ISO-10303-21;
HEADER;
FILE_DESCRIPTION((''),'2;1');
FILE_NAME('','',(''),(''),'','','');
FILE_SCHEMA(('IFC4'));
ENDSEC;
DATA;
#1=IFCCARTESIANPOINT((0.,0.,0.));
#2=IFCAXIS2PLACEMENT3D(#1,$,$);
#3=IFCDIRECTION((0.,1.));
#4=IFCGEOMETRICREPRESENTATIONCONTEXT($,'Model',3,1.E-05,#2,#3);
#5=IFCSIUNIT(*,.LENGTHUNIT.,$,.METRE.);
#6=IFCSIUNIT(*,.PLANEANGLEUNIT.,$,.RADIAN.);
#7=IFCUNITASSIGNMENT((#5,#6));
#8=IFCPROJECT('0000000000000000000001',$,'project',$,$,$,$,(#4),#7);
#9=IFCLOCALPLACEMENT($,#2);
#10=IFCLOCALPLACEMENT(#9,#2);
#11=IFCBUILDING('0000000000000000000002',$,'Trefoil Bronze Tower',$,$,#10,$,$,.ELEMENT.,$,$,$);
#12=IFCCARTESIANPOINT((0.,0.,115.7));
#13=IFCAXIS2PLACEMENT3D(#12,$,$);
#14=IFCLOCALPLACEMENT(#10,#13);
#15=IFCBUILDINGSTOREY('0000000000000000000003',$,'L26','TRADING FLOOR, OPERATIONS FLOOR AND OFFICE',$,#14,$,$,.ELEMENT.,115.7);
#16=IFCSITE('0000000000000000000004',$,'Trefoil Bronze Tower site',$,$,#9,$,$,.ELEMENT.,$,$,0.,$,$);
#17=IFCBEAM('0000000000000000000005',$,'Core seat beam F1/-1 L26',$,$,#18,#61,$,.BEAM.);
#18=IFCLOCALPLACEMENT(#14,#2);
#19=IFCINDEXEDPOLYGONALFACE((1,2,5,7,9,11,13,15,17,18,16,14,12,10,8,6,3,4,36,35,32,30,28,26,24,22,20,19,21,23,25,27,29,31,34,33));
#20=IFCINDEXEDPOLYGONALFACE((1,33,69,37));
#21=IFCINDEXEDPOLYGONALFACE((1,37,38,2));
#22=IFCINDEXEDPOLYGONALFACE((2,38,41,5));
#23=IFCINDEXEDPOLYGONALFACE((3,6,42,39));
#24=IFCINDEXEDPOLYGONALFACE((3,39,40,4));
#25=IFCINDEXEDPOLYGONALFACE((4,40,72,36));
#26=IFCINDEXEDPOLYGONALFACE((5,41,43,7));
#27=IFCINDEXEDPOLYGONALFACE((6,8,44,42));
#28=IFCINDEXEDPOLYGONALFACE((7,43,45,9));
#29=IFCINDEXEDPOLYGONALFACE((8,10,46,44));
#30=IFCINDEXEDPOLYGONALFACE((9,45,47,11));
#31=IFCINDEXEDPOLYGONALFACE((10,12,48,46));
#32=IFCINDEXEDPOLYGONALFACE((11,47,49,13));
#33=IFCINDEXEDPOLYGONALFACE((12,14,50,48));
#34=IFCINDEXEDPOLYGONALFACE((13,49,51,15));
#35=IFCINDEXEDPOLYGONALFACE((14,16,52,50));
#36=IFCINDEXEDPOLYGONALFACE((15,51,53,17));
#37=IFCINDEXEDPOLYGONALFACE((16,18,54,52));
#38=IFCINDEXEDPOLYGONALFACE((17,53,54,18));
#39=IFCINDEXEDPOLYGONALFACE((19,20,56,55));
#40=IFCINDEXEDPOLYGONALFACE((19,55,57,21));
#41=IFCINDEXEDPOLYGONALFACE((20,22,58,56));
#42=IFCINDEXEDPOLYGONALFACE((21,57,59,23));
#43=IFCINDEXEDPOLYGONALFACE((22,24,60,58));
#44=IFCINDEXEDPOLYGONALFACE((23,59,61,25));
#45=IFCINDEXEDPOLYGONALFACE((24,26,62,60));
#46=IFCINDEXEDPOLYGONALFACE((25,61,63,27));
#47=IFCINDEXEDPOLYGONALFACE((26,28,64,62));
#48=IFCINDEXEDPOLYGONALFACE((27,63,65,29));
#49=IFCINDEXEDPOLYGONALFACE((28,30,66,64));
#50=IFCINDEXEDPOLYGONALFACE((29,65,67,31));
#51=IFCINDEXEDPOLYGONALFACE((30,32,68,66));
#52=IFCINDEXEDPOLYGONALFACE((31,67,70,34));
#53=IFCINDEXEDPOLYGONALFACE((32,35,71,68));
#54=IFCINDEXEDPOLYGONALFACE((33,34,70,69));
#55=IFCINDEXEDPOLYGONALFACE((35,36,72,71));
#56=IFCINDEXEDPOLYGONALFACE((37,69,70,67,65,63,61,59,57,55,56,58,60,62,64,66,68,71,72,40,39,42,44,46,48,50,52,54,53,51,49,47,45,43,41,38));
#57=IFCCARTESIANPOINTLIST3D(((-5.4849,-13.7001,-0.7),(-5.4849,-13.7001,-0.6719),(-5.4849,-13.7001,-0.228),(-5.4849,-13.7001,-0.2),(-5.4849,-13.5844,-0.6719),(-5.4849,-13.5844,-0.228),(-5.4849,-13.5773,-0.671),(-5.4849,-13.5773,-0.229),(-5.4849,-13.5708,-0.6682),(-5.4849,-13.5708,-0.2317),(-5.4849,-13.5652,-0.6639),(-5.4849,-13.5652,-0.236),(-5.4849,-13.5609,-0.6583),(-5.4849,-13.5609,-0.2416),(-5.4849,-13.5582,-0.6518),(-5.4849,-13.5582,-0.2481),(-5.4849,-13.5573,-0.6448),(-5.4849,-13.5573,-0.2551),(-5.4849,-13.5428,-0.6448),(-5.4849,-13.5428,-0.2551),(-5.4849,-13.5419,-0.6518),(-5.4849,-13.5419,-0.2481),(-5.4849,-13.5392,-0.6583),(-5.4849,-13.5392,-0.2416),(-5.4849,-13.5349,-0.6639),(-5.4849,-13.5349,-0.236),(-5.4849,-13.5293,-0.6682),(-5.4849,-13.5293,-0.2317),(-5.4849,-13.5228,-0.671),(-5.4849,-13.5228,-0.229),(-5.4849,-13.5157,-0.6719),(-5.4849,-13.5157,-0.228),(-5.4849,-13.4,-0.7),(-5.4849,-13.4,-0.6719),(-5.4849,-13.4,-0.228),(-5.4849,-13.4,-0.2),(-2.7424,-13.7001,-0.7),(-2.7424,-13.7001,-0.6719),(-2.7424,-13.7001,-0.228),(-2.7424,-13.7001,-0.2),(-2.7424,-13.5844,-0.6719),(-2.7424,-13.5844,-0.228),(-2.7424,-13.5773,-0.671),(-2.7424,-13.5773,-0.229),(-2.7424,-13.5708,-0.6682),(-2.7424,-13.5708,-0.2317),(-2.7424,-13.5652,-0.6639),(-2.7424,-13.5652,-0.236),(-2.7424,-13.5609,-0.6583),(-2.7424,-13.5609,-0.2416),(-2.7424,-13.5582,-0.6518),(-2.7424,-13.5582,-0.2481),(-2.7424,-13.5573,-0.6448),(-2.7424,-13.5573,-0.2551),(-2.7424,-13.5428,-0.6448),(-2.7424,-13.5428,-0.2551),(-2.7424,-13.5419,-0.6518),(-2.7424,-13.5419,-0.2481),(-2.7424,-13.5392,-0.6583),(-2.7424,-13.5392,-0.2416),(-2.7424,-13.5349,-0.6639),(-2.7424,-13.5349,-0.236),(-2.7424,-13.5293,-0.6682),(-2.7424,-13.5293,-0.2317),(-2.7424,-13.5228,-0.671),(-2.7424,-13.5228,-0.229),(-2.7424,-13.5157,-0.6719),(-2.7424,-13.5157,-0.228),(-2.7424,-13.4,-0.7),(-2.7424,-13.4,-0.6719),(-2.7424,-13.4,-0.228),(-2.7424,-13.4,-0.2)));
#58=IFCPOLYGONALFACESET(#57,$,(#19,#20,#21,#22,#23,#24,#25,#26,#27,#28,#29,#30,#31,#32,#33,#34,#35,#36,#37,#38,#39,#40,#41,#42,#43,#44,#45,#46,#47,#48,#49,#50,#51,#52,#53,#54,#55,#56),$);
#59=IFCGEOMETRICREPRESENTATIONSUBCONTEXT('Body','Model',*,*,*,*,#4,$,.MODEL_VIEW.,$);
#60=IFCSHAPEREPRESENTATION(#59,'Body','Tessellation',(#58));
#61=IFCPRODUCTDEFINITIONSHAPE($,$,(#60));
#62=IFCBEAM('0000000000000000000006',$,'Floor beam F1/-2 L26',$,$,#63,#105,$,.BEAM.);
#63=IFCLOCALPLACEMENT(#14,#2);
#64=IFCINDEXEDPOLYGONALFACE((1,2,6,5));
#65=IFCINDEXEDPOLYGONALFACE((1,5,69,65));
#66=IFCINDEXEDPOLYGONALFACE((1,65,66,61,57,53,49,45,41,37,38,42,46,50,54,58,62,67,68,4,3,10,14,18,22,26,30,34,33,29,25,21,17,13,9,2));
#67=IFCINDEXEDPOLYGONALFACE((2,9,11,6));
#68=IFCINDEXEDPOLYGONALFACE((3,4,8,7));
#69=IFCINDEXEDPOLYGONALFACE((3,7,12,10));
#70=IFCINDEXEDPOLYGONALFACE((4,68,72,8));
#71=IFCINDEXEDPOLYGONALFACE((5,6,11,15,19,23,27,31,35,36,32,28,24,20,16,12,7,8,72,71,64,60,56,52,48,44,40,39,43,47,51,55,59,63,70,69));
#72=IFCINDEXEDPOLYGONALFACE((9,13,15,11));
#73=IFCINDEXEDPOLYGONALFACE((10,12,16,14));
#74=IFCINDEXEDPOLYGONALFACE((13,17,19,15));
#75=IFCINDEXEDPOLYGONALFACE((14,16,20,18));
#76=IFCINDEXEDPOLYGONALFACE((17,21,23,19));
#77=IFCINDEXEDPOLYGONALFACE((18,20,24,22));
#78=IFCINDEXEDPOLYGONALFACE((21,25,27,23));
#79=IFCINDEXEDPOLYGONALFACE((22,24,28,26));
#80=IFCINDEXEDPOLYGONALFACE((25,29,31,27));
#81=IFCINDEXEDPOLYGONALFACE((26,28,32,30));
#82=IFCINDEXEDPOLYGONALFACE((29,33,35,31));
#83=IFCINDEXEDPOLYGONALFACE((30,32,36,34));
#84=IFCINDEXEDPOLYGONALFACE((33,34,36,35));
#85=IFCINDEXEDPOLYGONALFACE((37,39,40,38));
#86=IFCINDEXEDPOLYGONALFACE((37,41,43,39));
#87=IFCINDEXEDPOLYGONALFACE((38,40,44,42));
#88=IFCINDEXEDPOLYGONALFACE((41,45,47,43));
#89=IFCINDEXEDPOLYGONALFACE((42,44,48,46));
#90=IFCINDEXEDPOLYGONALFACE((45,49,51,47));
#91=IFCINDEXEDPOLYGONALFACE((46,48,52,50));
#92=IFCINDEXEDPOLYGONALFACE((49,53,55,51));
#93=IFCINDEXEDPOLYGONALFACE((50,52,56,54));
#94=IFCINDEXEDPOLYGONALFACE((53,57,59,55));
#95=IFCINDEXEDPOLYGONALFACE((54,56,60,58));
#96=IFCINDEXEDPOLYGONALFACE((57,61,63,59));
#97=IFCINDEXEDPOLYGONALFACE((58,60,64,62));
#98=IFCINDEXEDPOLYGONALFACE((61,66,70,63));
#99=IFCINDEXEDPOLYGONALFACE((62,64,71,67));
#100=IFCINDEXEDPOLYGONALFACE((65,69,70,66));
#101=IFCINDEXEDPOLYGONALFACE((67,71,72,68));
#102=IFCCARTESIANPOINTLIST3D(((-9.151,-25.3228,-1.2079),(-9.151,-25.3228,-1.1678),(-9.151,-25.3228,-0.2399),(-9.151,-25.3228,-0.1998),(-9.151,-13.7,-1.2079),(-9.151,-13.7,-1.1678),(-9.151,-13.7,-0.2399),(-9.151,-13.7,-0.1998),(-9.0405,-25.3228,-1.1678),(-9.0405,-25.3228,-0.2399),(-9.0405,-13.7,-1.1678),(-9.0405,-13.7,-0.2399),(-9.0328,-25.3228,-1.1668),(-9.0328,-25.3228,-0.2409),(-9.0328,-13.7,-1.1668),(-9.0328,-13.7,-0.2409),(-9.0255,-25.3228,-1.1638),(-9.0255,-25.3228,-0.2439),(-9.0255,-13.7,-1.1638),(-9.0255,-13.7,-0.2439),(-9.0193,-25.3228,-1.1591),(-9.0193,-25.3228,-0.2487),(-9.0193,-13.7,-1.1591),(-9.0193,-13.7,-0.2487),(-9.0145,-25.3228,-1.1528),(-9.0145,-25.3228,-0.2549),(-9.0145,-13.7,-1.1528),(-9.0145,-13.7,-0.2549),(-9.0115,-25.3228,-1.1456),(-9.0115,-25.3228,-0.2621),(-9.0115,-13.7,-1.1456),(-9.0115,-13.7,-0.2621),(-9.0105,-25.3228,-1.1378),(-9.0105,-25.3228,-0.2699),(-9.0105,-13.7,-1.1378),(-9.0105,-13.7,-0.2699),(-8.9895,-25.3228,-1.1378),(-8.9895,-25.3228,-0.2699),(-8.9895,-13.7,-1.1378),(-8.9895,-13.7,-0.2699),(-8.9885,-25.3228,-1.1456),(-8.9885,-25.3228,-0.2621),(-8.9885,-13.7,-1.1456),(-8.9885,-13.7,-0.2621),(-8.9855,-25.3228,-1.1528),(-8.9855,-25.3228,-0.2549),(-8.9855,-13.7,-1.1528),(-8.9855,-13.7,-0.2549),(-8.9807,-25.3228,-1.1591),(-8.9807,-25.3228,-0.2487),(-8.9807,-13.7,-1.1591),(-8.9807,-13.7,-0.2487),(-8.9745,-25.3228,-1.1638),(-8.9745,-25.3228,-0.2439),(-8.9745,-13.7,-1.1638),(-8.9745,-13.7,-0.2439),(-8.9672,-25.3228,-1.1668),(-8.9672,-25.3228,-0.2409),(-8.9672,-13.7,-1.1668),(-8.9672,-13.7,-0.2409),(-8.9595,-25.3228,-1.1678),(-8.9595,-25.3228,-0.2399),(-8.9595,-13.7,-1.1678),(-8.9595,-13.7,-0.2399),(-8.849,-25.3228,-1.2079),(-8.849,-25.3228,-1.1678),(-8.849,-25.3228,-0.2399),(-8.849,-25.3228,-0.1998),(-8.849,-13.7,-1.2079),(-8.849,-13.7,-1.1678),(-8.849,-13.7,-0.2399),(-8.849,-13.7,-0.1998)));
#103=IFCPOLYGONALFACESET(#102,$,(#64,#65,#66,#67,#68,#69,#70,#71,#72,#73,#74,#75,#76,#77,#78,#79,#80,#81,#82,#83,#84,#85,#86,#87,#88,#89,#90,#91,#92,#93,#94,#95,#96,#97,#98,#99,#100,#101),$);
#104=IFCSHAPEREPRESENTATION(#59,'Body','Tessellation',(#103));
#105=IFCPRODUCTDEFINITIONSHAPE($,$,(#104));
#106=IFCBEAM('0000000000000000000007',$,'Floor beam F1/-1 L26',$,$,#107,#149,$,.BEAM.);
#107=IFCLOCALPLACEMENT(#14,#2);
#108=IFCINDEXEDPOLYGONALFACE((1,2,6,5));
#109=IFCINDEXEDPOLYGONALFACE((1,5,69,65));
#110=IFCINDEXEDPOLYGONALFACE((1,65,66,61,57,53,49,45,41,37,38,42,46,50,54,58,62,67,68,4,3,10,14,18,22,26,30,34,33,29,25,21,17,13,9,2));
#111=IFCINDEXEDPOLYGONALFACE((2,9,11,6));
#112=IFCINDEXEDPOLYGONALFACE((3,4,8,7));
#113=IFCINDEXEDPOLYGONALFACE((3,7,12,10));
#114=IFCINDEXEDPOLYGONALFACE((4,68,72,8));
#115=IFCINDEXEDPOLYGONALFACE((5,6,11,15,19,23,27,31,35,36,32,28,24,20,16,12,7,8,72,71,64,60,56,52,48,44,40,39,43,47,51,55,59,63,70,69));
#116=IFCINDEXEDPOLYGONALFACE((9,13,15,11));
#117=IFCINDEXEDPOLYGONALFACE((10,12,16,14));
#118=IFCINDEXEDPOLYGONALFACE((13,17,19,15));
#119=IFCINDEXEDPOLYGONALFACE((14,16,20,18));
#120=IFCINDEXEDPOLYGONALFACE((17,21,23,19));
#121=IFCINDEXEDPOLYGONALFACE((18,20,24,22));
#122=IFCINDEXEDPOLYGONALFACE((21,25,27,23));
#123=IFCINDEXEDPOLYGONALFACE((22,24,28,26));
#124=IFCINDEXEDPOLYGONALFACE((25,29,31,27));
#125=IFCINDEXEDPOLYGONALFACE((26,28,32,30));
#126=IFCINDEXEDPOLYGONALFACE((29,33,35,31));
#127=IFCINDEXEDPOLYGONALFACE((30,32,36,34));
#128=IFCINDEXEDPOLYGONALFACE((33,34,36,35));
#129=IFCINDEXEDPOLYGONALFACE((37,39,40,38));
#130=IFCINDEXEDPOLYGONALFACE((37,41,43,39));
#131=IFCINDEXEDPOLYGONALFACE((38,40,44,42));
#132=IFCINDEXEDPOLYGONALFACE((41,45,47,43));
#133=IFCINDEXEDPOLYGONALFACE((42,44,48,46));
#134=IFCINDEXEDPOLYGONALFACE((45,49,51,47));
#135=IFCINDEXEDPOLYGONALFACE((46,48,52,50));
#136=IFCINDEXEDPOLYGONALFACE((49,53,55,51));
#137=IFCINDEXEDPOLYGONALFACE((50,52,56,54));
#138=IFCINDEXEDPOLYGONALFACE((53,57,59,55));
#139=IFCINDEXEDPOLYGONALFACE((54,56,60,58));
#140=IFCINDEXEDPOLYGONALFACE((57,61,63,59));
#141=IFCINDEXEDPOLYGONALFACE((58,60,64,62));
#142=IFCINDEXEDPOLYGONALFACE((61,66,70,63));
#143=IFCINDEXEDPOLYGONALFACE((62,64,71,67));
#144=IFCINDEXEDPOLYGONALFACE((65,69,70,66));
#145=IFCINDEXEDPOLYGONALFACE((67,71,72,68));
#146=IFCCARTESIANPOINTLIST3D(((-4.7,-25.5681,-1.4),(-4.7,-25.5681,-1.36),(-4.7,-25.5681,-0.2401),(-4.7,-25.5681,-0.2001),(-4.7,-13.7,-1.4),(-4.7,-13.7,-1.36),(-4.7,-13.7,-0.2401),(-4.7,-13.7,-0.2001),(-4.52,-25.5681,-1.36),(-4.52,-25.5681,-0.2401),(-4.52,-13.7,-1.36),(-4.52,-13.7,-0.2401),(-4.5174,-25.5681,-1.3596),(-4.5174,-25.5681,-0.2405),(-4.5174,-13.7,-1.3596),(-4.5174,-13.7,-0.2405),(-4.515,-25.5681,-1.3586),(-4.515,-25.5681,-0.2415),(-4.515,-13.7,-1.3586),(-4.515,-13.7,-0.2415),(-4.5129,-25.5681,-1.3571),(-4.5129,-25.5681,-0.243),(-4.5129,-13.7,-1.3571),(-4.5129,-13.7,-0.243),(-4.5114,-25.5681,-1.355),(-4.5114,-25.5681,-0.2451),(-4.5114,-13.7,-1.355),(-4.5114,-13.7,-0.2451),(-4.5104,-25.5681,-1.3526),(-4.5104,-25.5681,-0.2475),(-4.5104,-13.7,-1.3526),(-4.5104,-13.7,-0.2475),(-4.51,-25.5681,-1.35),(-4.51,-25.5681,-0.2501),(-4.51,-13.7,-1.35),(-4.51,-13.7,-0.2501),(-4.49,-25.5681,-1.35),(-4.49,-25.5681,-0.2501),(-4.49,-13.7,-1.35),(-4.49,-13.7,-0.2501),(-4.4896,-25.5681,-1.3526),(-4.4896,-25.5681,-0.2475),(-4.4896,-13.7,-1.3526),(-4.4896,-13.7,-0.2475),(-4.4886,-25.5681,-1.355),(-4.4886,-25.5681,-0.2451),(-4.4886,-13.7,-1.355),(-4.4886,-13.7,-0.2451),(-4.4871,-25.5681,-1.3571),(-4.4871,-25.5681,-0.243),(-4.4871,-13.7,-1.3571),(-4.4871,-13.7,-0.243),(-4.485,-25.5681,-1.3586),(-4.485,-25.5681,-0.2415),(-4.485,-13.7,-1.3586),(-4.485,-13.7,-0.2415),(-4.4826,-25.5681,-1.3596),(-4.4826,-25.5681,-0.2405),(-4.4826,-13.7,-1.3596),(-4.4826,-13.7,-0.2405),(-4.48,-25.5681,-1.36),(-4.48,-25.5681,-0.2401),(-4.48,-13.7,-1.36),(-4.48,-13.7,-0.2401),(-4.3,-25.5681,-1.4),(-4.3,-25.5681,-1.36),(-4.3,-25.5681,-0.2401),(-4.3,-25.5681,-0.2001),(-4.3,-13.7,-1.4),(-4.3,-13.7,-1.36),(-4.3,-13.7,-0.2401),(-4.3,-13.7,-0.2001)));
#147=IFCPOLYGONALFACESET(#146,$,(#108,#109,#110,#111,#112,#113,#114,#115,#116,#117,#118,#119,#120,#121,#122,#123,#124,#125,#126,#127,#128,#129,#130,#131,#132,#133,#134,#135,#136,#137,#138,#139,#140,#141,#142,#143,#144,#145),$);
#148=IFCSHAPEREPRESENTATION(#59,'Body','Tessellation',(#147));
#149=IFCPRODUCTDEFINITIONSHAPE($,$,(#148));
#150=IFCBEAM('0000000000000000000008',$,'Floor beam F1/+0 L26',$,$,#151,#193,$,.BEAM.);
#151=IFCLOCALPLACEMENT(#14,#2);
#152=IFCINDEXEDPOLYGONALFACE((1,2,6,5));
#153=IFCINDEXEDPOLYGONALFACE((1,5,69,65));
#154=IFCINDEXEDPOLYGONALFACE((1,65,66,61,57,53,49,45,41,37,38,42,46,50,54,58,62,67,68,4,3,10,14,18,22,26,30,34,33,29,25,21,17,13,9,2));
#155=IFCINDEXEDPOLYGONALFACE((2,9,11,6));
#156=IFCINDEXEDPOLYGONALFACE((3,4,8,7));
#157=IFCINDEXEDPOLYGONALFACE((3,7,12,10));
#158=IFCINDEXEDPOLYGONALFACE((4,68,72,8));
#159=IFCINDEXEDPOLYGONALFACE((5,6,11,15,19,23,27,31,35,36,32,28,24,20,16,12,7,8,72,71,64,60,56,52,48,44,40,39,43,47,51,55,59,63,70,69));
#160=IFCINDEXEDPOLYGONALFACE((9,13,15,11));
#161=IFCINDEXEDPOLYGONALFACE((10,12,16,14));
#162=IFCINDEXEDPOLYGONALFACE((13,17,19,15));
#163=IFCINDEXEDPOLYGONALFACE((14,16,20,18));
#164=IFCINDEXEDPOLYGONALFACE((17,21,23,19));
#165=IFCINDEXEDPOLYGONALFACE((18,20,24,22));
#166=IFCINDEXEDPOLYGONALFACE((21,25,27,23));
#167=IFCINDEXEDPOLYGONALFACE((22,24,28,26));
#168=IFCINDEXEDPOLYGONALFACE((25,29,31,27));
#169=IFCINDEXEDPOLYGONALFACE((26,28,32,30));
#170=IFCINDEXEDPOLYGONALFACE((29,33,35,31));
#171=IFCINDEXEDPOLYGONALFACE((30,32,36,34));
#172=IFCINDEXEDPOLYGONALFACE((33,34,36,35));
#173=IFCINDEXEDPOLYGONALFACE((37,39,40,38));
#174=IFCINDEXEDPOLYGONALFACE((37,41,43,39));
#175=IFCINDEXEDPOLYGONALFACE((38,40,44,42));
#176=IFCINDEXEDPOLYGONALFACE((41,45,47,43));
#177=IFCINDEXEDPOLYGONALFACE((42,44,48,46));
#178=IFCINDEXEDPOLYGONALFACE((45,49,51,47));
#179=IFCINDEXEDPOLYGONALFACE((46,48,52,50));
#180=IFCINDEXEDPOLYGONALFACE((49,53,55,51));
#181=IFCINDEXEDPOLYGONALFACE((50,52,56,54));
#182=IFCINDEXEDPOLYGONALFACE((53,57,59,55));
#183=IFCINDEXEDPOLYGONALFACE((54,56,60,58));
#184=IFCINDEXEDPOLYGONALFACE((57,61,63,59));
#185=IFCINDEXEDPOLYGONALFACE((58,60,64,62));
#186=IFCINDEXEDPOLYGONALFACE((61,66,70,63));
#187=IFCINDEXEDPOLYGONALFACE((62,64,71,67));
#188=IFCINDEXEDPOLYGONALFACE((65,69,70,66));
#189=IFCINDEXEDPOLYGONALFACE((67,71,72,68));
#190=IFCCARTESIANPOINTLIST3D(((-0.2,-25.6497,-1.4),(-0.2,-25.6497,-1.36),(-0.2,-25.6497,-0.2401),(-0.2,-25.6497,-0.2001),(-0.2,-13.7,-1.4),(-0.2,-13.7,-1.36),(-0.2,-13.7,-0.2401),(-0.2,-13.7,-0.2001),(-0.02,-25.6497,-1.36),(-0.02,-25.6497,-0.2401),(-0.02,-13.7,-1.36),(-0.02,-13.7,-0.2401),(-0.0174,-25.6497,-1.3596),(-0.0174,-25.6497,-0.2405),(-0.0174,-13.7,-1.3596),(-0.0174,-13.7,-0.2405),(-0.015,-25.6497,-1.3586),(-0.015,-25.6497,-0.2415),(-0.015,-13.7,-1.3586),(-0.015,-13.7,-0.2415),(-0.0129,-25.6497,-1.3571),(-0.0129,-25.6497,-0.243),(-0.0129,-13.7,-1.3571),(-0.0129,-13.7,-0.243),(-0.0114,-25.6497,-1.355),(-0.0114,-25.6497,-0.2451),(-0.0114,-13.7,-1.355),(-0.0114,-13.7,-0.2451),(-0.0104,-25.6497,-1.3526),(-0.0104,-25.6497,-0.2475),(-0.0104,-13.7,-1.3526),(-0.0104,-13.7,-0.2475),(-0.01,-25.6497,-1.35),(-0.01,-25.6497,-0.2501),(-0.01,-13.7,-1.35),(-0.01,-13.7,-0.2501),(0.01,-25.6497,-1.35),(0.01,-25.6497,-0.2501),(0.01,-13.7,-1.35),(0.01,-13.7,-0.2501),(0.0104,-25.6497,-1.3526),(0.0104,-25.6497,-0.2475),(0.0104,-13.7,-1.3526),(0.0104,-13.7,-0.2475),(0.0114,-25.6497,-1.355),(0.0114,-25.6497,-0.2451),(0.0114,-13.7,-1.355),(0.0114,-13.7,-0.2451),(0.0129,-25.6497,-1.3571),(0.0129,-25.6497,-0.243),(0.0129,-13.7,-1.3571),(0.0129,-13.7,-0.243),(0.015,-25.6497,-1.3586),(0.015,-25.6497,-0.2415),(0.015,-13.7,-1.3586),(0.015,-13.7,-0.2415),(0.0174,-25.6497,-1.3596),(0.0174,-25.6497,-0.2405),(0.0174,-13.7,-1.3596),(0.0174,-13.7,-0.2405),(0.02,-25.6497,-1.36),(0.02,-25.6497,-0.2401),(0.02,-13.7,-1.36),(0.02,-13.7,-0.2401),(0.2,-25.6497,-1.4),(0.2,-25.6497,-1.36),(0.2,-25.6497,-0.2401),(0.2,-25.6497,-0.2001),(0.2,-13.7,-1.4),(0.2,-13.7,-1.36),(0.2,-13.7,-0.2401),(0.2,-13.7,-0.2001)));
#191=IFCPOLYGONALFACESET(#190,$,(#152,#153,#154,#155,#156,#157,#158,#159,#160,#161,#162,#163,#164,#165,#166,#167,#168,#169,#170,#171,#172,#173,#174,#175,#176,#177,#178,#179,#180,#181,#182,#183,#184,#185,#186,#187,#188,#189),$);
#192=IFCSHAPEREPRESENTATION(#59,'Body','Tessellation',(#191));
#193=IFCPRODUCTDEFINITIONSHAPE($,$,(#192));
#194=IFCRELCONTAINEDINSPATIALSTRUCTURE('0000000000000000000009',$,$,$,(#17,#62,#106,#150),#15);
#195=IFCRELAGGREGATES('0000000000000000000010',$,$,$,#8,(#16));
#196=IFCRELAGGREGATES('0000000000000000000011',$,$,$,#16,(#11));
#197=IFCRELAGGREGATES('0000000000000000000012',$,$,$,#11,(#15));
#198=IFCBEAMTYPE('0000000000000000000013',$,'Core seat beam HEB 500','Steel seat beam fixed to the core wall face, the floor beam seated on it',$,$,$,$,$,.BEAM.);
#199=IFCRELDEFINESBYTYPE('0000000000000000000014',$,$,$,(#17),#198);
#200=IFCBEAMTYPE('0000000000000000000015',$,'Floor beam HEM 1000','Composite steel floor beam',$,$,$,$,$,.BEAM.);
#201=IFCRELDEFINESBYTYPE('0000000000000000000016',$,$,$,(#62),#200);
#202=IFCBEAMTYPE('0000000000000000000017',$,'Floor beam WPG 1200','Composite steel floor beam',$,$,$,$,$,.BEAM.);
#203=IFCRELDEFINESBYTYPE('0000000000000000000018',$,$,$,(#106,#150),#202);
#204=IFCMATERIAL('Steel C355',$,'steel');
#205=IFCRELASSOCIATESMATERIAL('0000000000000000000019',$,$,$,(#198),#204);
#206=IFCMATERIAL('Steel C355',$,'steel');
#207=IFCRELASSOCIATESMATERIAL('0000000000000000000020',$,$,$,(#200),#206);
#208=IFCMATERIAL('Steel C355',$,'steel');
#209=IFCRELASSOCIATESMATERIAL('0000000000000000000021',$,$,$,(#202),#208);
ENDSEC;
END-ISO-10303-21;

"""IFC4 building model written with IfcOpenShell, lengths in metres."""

from ifc_helpers import new_model, si_unit, direction, frame, origin, origin_2d, place, context, subcontext, project, spatial, i_section, extrude, material, material_profile, profile_set, type_object, element, save


model = new_model("IFC4")

# Units and contexts
model_context = context("Model", 3, precision=1e-05, world=origin(), true_north=direction((0.0, 1.0)))
body_context = subcontext(model_context, "Body", "Model", "MODEL_VIEW")
ifc_project = project(units=[si_unit("LENGTHUNIT", "METRE"), si_unit("PLANEANGLEUNIT", "RADIAN")], contexts=[model_context])

# Site, building, storey
site_placement = place(None, origin())
site = spatial("IfcSite", under=ifc_project, at=site_placement, Name="Trefoil Bronze Tower site", CompositionType="ELEMENT", RefElevation=0.0)
building_placement = place(site_placement, origin())
building = spatial("IfcBuilding", under=site, at=building_placement, Name="Trefoil Bronze Tower", CompositionType="ELEMENT")
storey_placement = place(building_placement, frame((0.0, 0.0, 115.7)))
storey = spatial("IfcBuildingStorey", under=building, at=storey_placement, Name="L26", Description="TRADING FLOOR, OPERATIONS FLOOR AND OFFICE", CompositionType="ELEMENT", Elevation=115.7)

# Beams
ifc_material_1 = material(Name="Steel C355", Category="steel")
ifc_material_profile_1 = material_profile(ifc_material_1, i_section(OverallWidth=0.3, OverallDepth=0.5, WebThickness=0.0144, FlangeThickness=0.0281, FilletRadius=0.0271, at=origin_2d()), Name="HEB 500")
ifc_profile_set_1 = profile_set([ifc_material_profile_1], Name="Steel C355")
beam_type_1 = type_object("IfcBeamType", Name="Core seat beam HEB 500", Description="Steel seat beam fixed to the core wall face, the floor beam seated on it", PredefinedType="BEAM", material=ifc_profile_set_1)
for number, where, z_axis, x_axis, name in (
    (1, (-5.4849, -13.55, -0.45), (1.0, 0.0, 0.0), (0.0, 1.0, 0.0), "Core seat beam F1/-1 L26"),
):
    element("IfcBeam", number, at=place(storey_placement, frame(where, z_axis=z_axis, x_axis=x_axis)), inside=storey, type_object=beam_type_1, Name=name, PredefinedType="BEAM", context=body_context, shape_type="SweptSolid", body=[
        extrude(i_section(OverallWidth=0.3, OverallDepth=0.5, WebThickness=0.0144, FlangeThickness=0.0281, FilletRadius=0.0271, at=origin_2d()), origin(), (0.0, 0.0, 1.0), 2.7424),
    ])
ifc_material_2 = material(Name="Steel C355", Category="steel")
ifc_material_profile_2 = material_profile(ifc_material_2, i_section(OverallWidth=0.302, OverallDepth=1.0081, WebThickness=0.021, FlangeThickness=0.04, FilletRadius=0.03, at=origin_2d()), Name="HEM 1000")
ifc_profile_set_2 = profile_set([ifc_material_profile_2], Name="Steel C355")
beam_type_2 = type_object("IfcBeamType", Name="Floor beam HEM 1000", Description="Composite steel floor beam", PredefinedType="BEAM", material=ifc_profile_set_2)
beam_1_placement = place(storey_placement, frame((-9.0, -25.3228, -0.7039), z_axis=(0.0, 1.0, 0.0), x_axis=(-1.0, 0.0, 0.0)))
element("IfcBeam", 2, at=beam_1_placement, inside=storey, type_object=beam_type_2, Name="Floor beam F1/-2 L26", PredefinedType="BEAM", context=body_context, shape_type="SweptSolid", body=[
    extrude(i_section(OverallWidth=0.302, OverallDepth=1.0081, WebThickness=0.021, FlangeThickness=0.04, FilletRadius=0.03, at=origin_2d()), origin(), (0.0, 0.0, 1.0), 11.6228),
])
ifc_material_3 = material(Name="Steel C355", Category="steel")
ifc_material_profile_3 = material_profile(ifc_material_3, i_section(OverallWidth=0.3999, OverallDepth=1.2, WebThickness=0.02, FlangeThickness=0.04, FilletRadius=0.01, at=origin_2d()), Name="WPG 1200")
ifc_profile_set_3 = profile_set([ifc_material_profile_3], Name="Steel C355")
beam_type_3 = type_object("IfcBeamType", Name="Floor beam WPG 1200", Description="Composite steel floor beam", PredefinedType="BEAM", material=ifc_profile_set_3)
beam_2_placement = place(storey_placement, frame((-4.5, -25.5681, -0.8), z_axis=(0.0, 1.0, 0.0), x_axis=(-1.0, 0.0, 0.0)))
element("IfcBeam", 3, at=beam_2_placement, inside=storey, type_object=beam_type_3, Name="Floor beam F1/-1 L26", PredefinedType="BEAM", context=body_context, shape_type="SweptSolid", body=[
    extrude(i_section(OverallWidth=0.3999, OverallDepth=1.2, WebThickness=0.02, FlangeThickness=0.04, FilletRadius=0.01, at=origin_2d()), origin(), (0.0, 0.0, 1.0), 11.8682),
])
beam_3_placement = place(storey_placement, frame((0.0, -25.6497, -0.8), z_axis=(0.0, 1.0, 0.0), x_axis=(-1.0, 0.0, 0.0)))
element("IfcBeam", 4, at=beam_3_placement, inside=storey, type_object=beam_type_3, Name="Floor beam F1/+0 L26", PredefinedType="BEAM", context=body_context, shape_type="SweptSolid", body=[
    extrude(i_section(OverallWidth=0.3999, OverallDepth=1.2, WebThickness=0.02, FlangeThickness=0.04, FilletRadius=0.01, at=origin_2d()), origin(), (0.0, 0.0, 1.0), 11.9497),
])

save(model, "model.ifc")
